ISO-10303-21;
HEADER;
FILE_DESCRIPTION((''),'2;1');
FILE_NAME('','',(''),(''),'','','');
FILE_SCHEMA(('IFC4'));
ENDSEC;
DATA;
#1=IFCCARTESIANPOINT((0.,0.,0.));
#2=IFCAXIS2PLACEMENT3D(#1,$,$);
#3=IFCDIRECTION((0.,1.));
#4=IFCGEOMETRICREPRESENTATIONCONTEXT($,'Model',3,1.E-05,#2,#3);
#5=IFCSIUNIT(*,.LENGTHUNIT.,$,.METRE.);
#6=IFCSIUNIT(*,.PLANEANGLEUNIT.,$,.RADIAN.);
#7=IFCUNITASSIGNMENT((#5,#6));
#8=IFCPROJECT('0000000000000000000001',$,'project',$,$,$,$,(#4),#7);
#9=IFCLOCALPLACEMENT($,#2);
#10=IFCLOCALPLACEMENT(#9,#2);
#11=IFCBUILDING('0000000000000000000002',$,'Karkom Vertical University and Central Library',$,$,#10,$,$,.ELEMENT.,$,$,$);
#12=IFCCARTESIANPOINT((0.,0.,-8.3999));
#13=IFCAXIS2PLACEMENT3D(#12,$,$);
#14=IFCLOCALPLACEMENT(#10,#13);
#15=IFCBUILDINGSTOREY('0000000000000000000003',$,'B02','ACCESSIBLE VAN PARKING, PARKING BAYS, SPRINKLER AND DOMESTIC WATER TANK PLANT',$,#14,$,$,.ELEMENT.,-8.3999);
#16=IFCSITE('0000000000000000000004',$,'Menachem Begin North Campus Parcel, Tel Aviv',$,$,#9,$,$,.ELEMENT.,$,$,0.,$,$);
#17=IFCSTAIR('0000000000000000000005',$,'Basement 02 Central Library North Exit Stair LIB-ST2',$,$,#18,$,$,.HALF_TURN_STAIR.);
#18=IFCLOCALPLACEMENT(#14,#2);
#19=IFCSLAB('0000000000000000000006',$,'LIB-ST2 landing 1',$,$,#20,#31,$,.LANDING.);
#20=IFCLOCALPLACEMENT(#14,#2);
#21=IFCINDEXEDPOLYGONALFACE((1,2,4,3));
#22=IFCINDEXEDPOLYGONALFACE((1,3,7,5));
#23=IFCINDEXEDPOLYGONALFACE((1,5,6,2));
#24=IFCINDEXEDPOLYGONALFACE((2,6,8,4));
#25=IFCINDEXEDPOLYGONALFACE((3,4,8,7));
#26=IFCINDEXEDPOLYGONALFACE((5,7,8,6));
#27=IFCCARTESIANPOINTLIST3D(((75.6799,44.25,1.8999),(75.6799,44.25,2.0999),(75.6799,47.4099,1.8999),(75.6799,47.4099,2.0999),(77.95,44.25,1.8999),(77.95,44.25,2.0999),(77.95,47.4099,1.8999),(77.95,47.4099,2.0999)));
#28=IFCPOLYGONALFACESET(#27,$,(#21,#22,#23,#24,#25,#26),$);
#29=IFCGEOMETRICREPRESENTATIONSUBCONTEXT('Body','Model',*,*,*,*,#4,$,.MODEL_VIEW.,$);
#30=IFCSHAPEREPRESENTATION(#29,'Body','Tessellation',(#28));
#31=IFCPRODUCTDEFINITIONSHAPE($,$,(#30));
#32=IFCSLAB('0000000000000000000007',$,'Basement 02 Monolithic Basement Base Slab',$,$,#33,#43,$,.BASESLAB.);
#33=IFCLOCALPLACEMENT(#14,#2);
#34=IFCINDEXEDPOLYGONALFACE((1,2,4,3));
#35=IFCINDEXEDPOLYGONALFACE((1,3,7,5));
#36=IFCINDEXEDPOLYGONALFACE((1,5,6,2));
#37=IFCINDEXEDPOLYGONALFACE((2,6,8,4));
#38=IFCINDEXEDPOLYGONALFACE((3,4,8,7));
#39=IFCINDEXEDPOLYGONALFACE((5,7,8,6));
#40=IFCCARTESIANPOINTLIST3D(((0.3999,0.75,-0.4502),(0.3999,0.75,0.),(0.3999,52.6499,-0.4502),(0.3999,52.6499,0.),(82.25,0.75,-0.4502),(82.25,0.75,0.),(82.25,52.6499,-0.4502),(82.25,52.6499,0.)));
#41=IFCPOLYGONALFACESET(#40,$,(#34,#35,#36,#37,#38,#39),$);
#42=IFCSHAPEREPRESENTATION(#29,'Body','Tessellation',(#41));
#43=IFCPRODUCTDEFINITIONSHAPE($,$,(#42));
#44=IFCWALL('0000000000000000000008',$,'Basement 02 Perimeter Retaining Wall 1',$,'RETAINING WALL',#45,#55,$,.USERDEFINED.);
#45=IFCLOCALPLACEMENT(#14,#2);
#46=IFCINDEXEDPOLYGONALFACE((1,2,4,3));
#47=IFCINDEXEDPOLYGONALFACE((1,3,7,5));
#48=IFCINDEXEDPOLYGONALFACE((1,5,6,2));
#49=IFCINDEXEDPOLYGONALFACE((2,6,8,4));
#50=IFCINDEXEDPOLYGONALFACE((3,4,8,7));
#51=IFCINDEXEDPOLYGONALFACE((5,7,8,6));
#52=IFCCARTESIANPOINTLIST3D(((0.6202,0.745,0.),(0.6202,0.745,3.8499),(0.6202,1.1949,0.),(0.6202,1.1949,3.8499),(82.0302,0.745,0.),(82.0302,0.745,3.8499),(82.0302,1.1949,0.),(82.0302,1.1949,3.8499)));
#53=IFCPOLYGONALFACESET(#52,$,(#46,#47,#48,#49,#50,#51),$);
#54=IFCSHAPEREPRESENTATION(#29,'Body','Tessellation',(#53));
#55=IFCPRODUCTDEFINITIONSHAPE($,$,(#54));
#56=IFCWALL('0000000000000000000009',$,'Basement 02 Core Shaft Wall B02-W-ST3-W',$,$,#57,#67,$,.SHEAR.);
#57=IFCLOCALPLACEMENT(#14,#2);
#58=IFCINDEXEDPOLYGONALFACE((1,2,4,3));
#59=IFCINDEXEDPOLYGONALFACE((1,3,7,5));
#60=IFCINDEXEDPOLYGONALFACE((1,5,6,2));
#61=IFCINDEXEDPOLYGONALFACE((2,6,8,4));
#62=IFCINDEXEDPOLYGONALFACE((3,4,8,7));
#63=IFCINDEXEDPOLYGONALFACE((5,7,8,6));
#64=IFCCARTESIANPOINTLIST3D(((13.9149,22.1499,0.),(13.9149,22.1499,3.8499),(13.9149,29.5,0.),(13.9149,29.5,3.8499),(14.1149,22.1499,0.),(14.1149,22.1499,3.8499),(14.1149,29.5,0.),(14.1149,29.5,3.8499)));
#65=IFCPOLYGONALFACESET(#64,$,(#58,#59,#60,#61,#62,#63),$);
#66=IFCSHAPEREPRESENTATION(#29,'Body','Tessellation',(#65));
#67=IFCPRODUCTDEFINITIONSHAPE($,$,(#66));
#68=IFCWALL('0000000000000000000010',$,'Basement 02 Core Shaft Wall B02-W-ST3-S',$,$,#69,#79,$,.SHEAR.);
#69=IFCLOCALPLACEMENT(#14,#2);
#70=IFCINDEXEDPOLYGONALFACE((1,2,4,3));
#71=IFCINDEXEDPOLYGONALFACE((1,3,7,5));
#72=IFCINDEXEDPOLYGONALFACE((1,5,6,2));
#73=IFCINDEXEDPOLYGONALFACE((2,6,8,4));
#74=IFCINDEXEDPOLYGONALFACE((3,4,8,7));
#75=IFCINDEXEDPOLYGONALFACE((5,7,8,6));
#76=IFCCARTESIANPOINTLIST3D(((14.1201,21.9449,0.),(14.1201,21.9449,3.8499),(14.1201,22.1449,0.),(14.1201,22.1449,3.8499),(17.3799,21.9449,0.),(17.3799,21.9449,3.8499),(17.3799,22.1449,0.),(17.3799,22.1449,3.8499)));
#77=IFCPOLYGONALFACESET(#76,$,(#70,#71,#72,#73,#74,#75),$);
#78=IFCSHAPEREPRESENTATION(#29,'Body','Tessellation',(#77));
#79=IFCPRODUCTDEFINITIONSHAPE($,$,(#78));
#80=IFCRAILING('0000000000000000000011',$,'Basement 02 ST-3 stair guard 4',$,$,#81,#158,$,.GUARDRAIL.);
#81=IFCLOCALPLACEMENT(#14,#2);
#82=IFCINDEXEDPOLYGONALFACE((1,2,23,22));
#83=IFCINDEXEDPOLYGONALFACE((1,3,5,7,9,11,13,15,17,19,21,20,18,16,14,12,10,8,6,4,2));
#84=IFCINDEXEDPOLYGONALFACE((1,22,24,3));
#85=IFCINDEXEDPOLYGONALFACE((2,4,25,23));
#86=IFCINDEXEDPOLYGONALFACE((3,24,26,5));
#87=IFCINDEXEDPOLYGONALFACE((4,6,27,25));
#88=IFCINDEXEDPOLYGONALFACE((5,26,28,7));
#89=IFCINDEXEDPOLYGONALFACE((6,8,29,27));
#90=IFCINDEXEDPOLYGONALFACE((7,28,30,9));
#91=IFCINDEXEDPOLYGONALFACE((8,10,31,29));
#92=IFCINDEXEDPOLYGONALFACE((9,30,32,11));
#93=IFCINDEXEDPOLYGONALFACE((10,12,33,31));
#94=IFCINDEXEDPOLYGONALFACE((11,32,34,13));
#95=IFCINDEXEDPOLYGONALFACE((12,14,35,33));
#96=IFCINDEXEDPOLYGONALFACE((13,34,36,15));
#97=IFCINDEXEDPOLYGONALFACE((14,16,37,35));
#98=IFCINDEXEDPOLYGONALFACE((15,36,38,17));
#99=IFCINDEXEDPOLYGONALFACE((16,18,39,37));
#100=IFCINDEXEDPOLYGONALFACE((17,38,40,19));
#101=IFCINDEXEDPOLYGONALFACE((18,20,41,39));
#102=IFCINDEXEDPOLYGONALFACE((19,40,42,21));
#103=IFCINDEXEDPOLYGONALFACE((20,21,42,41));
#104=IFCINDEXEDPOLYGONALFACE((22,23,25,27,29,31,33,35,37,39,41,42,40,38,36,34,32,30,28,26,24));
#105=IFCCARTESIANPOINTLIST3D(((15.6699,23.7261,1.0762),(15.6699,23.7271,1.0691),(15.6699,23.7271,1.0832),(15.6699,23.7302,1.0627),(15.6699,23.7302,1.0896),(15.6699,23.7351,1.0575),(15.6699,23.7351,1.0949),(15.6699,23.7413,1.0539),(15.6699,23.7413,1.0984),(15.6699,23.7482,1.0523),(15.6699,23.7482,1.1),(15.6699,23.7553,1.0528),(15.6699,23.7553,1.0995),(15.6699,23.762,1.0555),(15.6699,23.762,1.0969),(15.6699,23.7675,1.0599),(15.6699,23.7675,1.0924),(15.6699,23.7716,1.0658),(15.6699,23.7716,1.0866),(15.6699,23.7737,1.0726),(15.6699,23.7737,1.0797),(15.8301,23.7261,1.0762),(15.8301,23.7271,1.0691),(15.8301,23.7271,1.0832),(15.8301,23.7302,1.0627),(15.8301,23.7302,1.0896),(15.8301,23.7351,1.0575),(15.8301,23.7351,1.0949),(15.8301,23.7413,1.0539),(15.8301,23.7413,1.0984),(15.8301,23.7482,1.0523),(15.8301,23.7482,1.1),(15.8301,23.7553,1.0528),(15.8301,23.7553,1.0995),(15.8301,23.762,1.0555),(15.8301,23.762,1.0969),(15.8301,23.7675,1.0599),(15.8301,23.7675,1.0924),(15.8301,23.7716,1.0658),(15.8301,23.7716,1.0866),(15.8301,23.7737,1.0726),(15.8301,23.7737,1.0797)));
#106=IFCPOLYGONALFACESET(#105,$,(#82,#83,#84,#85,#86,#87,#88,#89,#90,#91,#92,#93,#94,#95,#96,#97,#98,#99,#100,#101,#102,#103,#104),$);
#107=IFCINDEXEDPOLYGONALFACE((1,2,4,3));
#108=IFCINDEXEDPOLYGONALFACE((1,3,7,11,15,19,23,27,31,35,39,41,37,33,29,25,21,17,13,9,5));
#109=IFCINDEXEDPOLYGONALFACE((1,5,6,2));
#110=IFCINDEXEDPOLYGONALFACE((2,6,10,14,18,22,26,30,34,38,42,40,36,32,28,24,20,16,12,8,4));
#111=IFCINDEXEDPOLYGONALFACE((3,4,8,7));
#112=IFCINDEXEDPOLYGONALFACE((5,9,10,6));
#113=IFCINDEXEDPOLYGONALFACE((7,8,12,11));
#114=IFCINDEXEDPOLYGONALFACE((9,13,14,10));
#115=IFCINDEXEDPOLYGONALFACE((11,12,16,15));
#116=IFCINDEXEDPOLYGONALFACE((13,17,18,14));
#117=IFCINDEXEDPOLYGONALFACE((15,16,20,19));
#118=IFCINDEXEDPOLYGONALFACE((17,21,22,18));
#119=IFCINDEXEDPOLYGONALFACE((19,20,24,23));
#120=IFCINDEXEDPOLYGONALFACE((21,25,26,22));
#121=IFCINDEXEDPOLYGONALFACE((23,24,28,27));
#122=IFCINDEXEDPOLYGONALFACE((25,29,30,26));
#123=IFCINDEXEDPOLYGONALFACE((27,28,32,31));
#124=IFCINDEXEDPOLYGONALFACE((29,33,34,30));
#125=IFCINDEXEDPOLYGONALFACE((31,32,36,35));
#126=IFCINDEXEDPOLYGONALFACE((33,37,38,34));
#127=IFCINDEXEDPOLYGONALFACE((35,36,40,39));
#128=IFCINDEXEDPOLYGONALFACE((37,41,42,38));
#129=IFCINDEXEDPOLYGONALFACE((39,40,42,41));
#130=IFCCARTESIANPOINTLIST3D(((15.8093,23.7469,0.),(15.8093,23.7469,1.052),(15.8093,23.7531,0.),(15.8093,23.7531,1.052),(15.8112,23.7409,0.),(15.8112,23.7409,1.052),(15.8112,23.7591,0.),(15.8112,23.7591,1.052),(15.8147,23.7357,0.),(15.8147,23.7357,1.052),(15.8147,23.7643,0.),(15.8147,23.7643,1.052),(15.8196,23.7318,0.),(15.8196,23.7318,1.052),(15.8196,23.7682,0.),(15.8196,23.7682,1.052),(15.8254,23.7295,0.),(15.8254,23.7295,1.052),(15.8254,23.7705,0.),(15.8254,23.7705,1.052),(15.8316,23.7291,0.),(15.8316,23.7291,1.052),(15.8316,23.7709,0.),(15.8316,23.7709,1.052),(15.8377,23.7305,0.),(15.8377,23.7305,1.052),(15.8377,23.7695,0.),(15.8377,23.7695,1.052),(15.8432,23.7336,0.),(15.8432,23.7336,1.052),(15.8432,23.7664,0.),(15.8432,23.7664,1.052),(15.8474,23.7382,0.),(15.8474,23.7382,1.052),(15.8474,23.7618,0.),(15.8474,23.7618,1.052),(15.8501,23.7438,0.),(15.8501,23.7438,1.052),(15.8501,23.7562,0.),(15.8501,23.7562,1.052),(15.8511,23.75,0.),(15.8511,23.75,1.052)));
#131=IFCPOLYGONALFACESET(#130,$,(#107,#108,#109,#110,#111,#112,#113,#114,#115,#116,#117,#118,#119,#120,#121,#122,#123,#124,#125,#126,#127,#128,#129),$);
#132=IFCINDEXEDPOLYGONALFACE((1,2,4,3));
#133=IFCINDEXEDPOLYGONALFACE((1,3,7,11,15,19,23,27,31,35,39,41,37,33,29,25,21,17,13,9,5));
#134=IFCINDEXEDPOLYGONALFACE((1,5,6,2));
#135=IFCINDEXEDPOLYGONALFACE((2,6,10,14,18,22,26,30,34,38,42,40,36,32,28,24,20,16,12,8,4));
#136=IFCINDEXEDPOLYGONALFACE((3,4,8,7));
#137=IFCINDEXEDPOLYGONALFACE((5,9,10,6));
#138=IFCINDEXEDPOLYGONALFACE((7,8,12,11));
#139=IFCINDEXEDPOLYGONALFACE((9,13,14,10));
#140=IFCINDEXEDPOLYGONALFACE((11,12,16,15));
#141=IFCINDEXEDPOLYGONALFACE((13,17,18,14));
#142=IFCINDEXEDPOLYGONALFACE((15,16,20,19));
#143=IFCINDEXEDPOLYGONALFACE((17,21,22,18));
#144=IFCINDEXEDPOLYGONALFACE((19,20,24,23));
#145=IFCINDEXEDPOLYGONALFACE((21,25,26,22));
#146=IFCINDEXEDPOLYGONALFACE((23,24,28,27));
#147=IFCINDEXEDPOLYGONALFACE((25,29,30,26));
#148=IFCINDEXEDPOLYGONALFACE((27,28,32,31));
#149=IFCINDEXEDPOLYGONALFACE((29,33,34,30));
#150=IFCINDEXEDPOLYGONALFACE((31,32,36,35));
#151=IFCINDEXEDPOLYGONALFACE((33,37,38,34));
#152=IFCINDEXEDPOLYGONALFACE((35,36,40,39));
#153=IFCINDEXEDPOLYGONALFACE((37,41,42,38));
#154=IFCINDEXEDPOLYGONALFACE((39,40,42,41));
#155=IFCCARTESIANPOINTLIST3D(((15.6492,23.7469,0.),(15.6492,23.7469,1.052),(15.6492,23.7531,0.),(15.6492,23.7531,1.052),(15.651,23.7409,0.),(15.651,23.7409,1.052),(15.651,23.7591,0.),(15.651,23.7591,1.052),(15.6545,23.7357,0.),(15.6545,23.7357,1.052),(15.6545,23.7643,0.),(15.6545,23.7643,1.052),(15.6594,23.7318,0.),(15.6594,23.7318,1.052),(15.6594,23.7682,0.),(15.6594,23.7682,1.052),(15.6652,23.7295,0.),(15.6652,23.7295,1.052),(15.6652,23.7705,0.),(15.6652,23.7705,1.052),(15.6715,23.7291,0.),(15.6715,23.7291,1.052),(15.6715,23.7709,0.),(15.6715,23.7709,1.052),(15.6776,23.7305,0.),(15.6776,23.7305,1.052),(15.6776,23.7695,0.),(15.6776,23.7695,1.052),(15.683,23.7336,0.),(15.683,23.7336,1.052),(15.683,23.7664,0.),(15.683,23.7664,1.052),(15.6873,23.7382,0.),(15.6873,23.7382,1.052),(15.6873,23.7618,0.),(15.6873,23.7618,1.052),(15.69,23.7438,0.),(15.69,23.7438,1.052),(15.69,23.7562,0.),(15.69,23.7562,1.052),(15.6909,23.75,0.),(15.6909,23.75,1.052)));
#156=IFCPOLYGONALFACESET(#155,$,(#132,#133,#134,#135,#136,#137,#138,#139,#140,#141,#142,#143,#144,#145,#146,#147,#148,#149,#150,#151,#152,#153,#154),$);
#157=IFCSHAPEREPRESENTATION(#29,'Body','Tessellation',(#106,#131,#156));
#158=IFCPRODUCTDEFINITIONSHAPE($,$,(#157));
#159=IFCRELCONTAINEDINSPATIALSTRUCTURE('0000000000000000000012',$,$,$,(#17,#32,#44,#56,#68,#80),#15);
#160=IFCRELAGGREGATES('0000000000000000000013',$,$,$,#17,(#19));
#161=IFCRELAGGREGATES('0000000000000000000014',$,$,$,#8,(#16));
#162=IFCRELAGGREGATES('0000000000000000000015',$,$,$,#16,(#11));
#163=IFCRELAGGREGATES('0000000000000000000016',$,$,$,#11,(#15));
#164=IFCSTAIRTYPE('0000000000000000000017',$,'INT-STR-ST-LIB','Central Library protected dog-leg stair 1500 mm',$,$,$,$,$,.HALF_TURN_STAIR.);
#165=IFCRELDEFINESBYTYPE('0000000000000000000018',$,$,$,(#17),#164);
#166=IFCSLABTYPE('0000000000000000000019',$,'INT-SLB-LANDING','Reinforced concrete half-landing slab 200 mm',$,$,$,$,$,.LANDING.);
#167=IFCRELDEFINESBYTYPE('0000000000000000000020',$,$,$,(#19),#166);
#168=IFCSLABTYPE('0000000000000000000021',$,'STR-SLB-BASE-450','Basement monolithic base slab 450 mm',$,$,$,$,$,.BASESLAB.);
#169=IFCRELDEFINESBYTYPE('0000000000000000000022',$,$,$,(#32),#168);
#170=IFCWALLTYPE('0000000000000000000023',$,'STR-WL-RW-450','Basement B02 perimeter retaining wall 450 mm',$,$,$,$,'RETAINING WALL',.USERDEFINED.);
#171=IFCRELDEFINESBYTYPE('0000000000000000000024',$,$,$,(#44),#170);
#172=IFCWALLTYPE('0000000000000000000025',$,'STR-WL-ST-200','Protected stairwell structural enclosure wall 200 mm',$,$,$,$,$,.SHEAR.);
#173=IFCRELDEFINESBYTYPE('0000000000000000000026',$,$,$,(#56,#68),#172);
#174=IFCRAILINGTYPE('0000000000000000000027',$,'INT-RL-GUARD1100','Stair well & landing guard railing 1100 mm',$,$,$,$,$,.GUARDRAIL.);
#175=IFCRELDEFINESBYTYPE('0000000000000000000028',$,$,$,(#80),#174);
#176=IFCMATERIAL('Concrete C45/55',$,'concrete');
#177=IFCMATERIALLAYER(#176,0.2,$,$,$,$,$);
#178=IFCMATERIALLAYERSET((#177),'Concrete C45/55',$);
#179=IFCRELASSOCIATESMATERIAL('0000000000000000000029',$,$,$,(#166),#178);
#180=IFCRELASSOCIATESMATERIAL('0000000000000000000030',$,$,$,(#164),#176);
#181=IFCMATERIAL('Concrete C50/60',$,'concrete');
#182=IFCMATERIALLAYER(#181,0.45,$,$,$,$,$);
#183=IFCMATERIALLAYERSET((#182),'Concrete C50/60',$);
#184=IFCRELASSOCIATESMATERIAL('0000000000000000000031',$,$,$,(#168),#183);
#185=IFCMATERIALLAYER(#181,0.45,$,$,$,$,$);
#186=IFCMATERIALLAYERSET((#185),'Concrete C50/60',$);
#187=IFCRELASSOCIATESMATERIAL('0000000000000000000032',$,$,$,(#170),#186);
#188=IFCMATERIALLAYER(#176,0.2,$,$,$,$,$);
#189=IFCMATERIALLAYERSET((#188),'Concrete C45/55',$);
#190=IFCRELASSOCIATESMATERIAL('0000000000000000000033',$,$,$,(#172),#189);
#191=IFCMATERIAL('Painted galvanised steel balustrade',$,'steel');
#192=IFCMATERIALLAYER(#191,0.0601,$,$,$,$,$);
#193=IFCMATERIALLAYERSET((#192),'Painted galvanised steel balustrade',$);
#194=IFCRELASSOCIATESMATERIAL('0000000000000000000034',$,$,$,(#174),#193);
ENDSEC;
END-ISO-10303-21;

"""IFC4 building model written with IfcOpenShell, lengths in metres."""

from ifc_helpers import new_model, si_unit, direction, frame, frame_2d, origin, origin_2d, place, context, subcontext, project, spatial, polyline, rectangle, circle, outline, extrude, material, layer, layer_set, type_object, element, aggregate, save


model = new_model("IFC4")

# Units and contexts
model_context = context("Model", 3, precision=1e-05, world=origin(), true_north=direction((0.0, 1.0)))
body_context = subcontext(model_context, "Body", "Model", "MODEL_VIEW")
ifc_project = project(units=[si_unit("LENGTHUNIT", "METRE"), si_unit("PLANEANGLEUNIT", "RADIAN")], contexts=[model_context])

# Site, building, storey
site_placement = place(None, origin())
site = spatial("IfcSite", under=ifc_project, at=site_placement, Name="Menachem Begin North Campus Parcel, Tel Aviv", CompositionType="ELEMENT", RefElevation=0.0)
building_placement = place(site_placement, origin())
building = spatial("IfcBuilding", under=site, at=building_placement, Name="Karkom Vertical University and Central Library", CompositionType="ELEMENT")
storey_placement = place(building_placement, frame((0.0, 0.0, -8.3999)))
storey = spatial("IfcBuildingStorey", under=building, at=storey_placement, Name="B02", Description="ACCESSIBLE VAN PARKING, PARKING BAYS, SPRINKLER AND DOMESTIC WATER TANK PLANT", CompositionType="ELEMENT", Elevation=-8.3999)

# Shared definitions
ifc_material_1 = material(Name="Concrete C45/55", Category="concrete")
ifc_material_2 = material(Name="Concrete C50/60", Category="concrete")

# Stair, slab
ifc_layer_1 = layer(ifc_material_1, 0.2)
ifc_layer_set_1 = layer_set([ifc_layer_1], Name="Concrete C45/55")
slab_type_1 = type_object("IfcSlabType", Name="INT-SLB-LANDING", Description="Reinforced concrete half-landing slab 200 mm", PredefinedType="LANDING", material=ifc_layer_set_1)
stair_type_1 = type_object("IfcStairType", Name="INT-STR-ST-LIB", Description="Central Library protected dog-leg stair 1500 mm", PredefinedType="HALF_TURN_STAIR", material=ifc_material_1)
stair_1_placement = place(storey_placement, origin())
stair_1 = element("IfcStair", 1, at=stair_1_placement, inside=storey, type_object=stair_type_1, Name="Basement 02 Central Library North Exit Stair LIB-ST2", PredefinedType="HALF_TURN_STAIR")
slab_1_placement = place(storey_placement, frame((0.0, 0.0, 1.8999)))
slab_1 = element("IfcSlab", 2, at=slab_1_placement, type_object=slab_type_1, Name="LIB-ST2 landing 1", PredefinedType="LANDING", context=body_context, shape_type="SweptSolid", body=[
    extrude(outline(polyline([(75.6799, 44.25), (77.95, 44.25), (77.95, 47.4099), (75.6799, 47.4099), (75.6799, 44.25)])), origin(), (0.0, 0.0, 1.0), 0.2),
])
aggregate(stair_1, [slab_1])

# Slab
ifc_layer_2 = layer(ifc_material_2, 0.45)
ifc_layer_set_2 = layer_set([ifc_layer_2], Name="Concrete C50/60")
slab_type_2 = type_object("IfcSlabType", Name="STR-SLB-BASE-450", Description="Basement monolithic base slab 450 mm", PredefinedType="BASESLAB", material=ifc_layer_set_2)
slab_2_placement = place(storey_placement, frame((0.0, 0.0, -0.4502)))
element("IfcSlab", 3, at=slab_2_placement, inside=storey, type_object=slab_type_2, Name="Basement 02 Monolithic Basement Base Slab", PredefinedType="BASESLAB", context=body_context, shape_type="SweptSolid", body=[
    extrude(outline(polyline([(0.3999, 0.75), (82.25, 0.75), (82.25, 52.6499), (0.3999, 52.6499), (0.3999, 0.75)])), origin(), (0.0, 0.0, 1.0), 0.4502),
])

# Walls
ifc_layer_3 = layer(ifc_material_2, 0.45)
ifc_layer_set_3 = layer_set([ifc_layer_3], Name="Concrete C50/60")
wall_type_1 = type_object("IfcWallType", Name="STR-WL-RW-450", Description="Basement B02 perimeter retaining wall 450 mm", ElementType="RETAINING WALL", PredefinedType="USERDEFINED", material=ifc_layer_set_3)
wall_1_placement = place(storey_placement, frame((0.6201, 0.97, 0.0), z_axis=(0.0, 0.0, 1.0), x_axis=(1.0, 0.0, 0.0)))
element("IfcWall", 4, at=wall_1_placement, inside=storey, type_object=wall_type_1, Name="Basement 02 Perimeter Retaining Wall 1", ObjectType="RETAINING WALL", PredefinedType="USERDEFINED", context=body_context, shape_type="SweptSolid", body=[
    extrude(rectangle(XDim=81.4099, YDim=0.45, at=frame_2d((40.7051, 0.0))), origin(), (0.0, 0.0, 1.0), 3.8499),
])
ifc_layer_4 = layer(ifc_material_1, 0.2)
ifc_layer_set_4 = layer_set([ifc_layer_4], Name="Concrete C45/55")
wall_type_2 = type_object("IfcWallType", Name="STR-WL-ST-200", Description="Protected stairwell structural enclosure wall 200 mm", PredefinedType="SHEAR", material=ifc_layer_set_4)
wall_2_placement = place(storey_placement, frame((14.0149, 22.1499, 0.0), z_axis=(0.0, 0.0, 1.0), x_axis=(0.0, 1.0, 0.0)))
element("IfcWall", 5, at=wall_2_placement, inside=storey, type_object=wall_type_2, Name="Basement 02 Core Shaft Wall B02-W-ST3-W", PredefinedType="SHEAR", context=body_context, shape_type="SweptSolid", body=[
    extrude(rectangle(XDim=7.3501, YDim=0.2, at=frame_2d((3.675, 0.0))), origin(), (0.0, 0.0, 1.0), 3.8499),
])
wall_3_placement = place(storey_placement, frame((14.1201, 22.0449, 0.0), z_axis=(0.0, 0.0, 1.0), x_axis=(1.0, 0.0, 0.0)))
element("IfcWall", 6, at=wall_3_placement, inside=storey, type_object=wall_type_2, Name="Basement 02 Core Shaft Wall B02-W-ST3-S", PredefinedType="SHEAR", context=body_context, shape_type="SweptSolid", body=[
    extrude(rectangle(XDim=3.2598, YDim=0.2, at=frame_2d((1.6299, 0.0))), origin(), (0.0, 0.0, 1.0), 3.8499),
])

# Railing
ifc_material_3 = material(Name="Painted galvanised steel balustrade", Category="steel")
ifc_layer_5 = layer(ifc_material_3, 0.0601)
ifc_layer_set_5 = layer_set([ifc_layer_5], Name="Painted galvanised steel balustrade")
railing_type = type_object("IfcRailingType", Name="INT-RL-GUARD1100", Description="Stair well & landing guard railing 1100 mm", PredefinedType="GUARDRAIL", material=ifc_layer_set_5)
railing_placement = place(storey_placement, frame((15.8301, 23.75, 0.0)))
element("IfcRailing", 7, at=railing_placement, inside=storey, type_object=railing_type, Name="Basement 02 ST-3 stair guard 4", PredefinedType="GUARDRAIL", context=body_context, shape_type="SweptSolid", body=[
    extrude(circle(Radius=0.0239, at=origin_2d()), frame((0.0, 0.0, 1.0762), z_axis=(-1.0, 0.0, 0.0), x_axis=(0.0, -1.0, 0.0)), (0.0, 0.0, 1.0), 0.1602),
    extrude(circle(Radius=0.021, at=origin_2d()), origin(), (0.0, 0.0, 1.0), 1.052),
    extrude(circle(Radius=0.021, at=origin_2d()), frame((-0.1602, 0.0, 0.0)), (0.0, 0.0, 1.0), 1.052),
])

save(model, "model.ifc")
